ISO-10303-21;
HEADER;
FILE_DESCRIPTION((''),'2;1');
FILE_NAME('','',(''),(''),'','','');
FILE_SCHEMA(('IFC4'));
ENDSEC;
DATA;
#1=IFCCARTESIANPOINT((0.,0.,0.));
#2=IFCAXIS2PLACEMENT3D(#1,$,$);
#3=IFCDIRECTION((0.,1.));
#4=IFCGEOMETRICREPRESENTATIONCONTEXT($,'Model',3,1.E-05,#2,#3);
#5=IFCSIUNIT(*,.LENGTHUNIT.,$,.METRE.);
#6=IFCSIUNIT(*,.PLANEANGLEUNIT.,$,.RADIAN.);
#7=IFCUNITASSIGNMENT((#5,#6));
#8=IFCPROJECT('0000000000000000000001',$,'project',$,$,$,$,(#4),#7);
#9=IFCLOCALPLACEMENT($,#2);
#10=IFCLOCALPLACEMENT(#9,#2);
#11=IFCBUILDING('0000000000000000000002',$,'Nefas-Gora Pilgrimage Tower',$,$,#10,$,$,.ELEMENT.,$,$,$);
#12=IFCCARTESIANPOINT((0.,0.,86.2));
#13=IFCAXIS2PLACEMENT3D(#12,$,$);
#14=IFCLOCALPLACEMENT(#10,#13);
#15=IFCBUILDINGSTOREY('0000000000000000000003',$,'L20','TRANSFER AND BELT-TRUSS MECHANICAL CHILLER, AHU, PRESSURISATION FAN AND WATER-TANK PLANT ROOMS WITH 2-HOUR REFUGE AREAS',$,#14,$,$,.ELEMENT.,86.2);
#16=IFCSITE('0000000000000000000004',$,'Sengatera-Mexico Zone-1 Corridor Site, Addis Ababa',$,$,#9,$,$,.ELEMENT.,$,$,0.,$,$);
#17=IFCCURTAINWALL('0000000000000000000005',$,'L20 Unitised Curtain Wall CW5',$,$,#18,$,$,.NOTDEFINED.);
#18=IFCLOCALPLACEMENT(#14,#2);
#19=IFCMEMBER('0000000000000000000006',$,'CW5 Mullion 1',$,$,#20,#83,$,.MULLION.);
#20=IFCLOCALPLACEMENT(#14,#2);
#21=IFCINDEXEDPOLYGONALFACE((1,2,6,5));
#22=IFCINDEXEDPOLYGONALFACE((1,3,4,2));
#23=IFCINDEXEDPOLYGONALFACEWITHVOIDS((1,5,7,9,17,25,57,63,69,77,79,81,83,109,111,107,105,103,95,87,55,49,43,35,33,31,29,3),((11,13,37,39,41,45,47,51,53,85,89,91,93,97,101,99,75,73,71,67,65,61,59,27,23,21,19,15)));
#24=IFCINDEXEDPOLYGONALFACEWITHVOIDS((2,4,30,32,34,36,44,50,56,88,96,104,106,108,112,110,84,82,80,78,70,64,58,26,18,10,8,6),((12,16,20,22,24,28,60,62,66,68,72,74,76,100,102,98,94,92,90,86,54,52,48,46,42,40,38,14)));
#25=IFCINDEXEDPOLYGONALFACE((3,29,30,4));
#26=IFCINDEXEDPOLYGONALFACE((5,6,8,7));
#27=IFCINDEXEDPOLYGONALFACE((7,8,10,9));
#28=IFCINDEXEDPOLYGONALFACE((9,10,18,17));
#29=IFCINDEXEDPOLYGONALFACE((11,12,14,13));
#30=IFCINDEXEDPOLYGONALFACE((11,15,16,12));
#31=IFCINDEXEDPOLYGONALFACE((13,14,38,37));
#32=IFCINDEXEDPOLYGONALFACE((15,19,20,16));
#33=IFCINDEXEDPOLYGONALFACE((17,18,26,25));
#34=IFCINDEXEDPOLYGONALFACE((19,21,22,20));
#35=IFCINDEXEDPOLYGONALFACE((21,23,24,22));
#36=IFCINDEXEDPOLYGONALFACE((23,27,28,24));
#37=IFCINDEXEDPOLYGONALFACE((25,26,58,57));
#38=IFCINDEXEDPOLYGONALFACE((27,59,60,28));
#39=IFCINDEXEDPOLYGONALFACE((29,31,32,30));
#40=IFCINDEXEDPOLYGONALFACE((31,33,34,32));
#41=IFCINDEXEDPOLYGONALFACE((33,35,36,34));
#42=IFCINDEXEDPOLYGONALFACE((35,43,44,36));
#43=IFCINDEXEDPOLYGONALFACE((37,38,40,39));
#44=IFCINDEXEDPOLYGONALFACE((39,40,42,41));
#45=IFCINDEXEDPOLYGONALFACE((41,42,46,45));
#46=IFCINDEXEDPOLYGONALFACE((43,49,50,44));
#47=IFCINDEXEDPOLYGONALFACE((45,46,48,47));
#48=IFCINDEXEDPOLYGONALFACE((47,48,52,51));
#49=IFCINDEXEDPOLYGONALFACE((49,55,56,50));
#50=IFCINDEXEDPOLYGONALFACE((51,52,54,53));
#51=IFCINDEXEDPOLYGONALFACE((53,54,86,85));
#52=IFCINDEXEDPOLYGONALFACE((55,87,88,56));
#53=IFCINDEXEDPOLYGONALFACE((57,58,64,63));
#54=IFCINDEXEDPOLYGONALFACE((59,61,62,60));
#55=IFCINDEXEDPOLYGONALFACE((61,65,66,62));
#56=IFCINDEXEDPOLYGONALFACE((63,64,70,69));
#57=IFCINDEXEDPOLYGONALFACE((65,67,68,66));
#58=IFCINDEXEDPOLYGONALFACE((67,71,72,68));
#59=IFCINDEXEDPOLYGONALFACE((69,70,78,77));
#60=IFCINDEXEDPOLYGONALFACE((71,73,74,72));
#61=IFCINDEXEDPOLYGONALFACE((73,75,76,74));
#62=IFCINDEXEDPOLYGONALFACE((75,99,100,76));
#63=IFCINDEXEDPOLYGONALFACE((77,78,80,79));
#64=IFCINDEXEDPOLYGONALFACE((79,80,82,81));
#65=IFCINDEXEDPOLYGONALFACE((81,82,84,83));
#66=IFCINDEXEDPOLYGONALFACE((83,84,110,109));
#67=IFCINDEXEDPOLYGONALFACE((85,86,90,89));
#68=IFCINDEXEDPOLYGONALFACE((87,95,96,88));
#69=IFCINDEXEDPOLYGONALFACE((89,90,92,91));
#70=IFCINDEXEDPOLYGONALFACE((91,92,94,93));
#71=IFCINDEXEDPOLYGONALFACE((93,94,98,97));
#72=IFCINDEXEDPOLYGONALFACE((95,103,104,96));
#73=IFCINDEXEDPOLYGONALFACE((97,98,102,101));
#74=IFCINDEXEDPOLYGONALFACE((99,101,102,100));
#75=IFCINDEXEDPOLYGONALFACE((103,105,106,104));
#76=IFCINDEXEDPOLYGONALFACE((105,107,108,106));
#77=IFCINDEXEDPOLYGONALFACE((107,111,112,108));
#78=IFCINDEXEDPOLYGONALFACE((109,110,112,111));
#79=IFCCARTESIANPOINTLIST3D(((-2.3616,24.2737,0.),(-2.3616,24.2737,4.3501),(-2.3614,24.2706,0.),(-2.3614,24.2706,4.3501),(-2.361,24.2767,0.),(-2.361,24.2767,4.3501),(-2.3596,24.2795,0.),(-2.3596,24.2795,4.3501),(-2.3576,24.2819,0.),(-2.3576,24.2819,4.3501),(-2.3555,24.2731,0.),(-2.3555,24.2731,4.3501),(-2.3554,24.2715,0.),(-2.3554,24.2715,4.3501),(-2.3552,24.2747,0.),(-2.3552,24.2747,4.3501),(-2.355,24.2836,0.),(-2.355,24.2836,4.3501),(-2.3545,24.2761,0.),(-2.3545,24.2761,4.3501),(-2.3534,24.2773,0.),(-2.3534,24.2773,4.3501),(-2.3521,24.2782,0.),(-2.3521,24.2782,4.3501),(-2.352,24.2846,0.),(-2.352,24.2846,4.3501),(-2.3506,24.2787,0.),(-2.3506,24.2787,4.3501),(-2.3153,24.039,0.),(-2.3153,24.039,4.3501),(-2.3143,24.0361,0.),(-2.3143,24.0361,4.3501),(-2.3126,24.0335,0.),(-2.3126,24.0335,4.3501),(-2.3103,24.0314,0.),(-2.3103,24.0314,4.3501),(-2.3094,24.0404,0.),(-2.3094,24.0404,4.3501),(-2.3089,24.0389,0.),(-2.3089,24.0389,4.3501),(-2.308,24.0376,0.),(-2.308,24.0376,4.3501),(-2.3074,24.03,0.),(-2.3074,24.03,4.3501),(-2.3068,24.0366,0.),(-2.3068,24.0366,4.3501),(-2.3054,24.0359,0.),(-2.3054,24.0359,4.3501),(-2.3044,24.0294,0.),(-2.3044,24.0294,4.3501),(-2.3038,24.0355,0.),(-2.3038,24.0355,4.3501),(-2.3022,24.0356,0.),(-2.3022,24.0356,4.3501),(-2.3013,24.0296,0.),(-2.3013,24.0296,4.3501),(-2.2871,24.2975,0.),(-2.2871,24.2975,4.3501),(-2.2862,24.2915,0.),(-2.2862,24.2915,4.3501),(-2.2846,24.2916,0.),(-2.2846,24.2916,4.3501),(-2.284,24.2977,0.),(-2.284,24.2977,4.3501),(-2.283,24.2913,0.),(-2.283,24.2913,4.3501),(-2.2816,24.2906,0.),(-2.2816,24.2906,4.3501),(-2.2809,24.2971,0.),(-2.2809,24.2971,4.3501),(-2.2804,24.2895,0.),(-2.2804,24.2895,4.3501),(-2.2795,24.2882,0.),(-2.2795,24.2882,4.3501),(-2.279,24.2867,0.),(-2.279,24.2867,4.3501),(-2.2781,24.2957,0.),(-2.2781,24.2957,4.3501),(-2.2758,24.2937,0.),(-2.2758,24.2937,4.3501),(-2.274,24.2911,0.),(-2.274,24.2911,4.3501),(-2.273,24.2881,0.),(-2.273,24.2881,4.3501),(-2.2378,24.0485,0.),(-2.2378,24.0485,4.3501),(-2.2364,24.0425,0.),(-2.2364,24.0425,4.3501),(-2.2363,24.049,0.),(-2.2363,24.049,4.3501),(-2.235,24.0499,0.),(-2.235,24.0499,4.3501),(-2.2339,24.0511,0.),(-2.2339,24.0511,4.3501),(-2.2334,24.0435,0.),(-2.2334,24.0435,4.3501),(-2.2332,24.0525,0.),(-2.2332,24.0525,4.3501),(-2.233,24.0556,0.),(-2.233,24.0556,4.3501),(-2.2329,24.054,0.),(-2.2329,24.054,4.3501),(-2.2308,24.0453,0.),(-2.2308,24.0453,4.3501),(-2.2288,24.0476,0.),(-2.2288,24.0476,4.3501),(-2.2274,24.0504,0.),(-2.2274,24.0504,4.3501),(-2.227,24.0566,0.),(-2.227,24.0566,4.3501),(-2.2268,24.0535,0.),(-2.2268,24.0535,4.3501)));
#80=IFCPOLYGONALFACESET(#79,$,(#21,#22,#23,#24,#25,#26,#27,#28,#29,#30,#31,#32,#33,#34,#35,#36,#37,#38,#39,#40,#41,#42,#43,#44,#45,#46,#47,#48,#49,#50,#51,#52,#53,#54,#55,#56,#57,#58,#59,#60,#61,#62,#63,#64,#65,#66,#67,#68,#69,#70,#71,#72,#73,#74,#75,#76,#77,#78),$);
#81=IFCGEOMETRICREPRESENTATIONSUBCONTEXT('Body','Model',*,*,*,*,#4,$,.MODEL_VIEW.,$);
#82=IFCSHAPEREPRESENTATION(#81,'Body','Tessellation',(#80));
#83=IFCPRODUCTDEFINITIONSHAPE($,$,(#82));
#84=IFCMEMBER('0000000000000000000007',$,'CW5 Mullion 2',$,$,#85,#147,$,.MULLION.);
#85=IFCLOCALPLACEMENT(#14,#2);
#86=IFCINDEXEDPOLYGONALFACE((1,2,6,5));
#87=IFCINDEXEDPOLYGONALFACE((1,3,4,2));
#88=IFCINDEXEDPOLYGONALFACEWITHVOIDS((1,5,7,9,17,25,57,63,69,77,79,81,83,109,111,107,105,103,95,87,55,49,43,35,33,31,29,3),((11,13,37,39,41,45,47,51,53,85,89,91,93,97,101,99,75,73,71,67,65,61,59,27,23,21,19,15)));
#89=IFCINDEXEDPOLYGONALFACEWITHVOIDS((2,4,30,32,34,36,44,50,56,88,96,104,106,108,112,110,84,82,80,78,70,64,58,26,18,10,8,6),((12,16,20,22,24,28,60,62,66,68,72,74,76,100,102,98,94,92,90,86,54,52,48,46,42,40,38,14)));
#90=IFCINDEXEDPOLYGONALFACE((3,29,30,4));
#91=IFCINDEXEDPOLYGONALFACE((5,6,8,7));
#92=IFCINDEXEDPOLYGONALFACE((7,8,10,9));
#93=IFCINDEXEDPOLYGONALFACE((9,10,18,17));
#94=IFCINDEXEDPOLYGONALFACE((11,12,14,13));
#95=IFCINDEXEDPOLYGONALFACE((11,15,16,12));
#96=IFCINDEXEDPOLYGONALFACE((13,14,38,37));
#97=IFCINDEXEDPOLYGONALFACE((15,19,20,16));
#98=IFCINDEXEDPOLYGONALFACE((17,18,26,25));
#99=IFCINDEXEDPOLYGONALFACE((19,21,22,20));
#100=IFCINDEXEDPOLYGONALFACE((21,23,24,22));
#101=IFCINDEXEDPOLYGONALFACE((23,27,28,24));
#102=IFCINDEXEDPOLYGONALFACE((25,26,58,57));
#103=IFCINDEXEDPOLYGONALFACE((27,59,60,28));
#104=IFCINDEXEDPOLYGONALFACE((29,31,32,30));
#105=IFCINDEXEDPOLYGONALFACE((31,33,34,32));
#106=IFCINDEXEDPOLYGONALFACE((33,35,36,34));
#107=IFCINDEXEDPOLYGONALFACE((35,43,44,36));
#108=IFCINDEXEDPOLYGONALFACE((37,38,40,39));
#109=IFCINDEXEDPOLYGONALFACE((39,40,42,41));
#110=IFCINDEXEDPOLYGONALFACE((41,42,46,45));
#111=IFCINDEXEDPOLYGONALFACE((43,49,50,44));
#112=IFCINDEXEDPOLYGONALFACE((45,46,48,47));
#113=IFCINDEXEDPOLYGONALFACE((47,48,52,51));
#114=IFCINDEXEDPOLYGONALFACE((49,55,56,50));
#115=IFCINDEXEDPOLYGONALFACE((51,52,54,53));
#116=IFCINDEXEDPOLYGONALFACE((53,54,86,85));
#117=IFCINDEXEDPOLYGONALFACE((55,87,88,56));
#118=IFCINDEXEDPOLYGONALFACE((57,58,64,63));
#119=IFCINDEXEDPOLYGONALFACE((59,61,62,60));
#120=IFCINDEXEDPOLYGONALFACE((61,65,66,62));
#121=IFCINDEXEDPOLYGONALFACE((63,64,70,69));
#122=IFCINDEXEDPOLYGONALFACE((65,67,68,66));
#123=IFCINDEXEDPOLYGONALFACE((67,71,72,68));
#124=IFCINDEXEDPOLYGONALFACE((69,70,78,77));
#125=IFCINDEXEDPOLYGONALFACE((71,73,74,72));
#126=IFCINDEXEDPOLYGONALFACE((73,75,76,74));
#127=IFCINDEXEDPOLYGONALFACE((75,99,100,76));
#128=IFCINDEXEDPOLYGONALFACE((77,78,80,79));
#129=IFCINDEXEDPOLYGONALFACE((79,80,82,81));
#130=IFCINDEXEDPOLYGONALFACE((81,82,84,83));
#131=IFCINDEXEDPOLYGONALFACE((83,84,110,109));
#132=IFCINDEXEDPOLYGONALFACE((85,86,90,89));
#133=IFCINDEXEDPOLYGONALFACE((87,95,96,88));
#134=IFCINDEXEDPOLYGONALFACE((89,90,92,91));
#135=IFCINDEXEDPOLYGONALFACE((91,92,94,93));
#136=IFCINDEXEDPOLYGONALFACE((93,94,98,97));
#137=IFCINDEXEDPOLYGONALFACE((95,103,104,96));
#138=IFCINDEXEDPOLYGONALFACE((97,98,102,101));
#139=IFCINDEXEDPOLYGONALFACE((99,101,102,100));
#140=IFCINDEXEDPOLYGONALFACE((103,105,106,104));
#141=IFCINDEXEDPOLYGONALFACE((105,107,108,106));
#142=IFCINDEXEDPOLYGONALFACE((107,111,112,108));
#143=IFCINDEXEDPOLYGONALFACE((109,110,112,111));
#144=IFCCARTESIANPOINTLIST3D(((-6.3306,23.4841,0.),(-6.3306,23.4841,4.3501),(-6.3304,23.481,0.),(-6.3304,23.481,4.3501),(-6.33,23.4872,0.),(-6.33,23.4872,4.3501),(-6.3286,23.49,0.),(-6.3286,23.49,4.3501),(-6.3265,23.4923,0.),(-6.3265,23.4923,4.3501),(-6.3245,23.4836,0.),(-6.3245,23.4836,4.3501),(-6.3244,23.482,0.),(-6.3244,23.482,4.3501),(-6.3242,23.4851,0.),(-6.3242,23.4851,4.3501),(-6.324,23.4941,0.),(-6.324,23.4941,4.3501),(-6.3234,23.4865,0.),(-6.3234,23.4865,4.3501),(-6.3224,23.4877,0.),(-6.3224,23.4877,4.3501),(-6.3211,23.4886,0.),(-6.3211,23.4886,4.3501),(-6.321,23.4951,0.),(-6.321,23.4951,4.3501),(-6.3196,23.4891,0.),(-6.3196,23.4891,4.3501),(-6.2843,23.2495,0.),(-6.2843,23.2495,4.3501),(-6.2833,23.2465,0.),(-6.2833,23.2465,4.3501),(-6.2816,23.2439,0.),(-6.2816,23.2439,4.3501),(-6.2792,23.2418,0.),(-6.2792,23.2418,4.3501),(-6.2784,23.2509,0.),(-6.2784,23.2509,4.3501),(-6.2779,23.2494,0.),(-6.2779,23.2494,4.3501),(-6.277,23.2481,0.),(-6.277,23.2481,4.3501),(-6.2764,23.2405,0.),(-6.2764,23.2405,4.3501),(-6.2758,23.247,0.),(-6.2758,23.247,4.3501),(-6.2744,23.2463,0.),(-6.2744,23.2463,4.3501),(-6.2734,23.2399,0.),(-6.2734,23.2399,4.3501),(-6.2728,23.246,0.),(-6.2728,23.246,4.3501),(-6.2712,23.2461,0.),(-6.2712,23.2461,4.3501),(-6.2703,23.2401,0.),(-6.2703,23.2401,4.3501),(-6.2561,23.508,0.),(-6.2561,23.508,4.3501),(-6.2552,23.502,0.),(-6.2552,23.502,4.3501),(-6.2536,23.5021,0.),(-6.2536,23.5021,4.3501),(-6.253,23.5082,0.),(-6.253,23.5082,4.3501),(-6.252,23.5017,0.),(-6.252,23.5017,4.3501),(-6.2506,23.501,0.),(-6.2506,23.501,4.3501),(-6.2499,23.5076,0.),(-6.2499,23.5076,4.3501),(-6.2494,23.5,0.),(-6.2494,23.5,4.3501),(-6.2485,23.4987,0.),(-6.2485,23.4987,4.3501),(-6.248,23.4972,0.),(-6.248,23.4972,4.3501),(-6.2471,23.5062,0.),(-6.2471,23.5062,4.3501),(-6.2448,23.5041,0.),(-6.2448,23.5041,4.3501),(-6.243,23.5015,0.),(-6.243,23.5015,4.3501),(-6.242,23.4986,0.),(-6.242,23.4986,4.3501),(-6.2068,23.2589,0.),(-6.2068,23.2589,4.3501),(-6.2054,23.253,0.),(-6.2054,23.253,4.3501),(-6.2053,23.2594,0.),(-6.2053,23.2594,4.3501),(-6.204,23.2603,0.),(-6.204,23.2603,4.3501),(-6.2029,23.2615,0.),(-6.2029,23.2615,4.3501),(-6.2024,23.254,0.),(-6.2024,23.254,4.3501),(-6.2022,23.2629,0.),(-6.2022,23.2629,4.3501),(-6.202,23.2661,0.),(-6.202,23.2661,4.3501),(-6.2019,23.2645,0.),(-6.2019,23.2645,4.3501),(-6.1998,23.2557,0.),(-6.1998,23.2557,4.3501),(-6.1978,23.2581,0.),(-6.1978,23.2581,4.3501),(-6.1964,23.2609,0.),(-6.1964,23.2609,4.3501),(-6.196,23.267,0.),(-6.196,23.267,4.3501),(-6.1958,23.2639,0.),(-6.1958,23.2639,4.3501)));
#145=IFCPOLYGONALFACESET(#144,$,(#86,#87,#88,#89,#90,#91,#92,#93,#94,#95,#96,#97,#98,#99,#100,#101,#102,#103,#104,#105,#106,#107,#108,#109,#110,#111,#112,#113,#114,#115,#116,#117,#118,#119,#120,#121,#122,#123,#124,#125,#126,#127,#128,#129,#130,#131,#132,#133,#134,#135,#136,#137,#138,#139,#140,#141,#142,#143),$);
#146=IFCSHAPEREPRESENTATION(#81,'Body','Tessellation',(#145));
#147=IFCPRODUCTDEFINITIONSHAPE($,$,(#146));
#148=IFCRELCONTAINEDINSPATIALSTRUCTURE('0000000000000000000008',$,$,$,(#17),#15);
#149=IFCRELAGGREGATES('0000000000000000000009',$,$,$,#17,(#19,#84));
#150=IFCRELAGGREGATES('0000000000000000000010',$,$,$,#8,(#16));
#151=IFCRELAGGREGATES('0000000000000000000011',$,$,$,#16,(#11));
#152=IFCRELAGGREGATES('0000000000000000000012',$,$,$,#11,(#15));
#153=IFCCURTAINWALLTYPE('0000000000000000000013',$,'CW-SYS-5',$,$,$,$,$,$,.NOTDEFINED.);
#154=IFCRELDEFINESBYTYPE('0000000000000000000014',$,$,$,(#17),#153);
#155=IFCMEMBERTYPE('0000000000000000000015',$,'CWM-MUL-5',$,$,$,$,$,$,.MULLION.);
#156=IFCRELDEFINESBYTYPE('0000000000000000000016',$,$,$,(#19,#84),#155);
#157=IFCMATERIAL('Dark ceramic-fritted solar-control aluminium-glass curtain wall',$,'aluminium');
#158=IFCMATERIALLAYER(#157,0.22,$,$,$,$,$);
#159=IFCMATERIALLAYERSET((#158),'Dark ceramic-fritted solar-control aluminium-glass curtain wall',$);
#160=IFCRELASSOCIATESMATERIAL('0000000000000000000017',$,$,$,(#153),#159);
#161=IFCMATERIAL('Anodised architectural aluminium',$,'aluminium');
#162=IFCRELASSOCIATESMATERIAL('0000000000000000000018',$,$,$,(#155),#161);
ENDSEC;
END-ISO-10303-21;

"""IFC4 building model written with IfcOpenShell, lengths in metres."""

from ifc_helpers import new_model, si_unit, direction, frame, origin, origin_2d, place, context, subcontext, project, spatial, hollow_rectangle, extrude, source, transform, mapped, material, layer, layer_set, material_profile, profile_set, type_object, element, aggregate, save


model = new_model("IFC4")

# Units and contexts
model_context = context("Model", 3, precision=1e-05, world=origin(), true_north=direction((0.0, 1.0)))
body_context = subcontext(model_context, "Body", "Model", "MODEL_VIEW")
ifc_project = project(units=[si_unit("LENGTHUNIT", "METRE"), si_unit("PLANEANGLEUNIT", "RADIAN")], contexts=[model_context])

# Site, building, storey
site_placement = place(None, origin())
site = spatial("IfcSite", under=ifc_project, at=site_placement, Name="Sengatera-Mexico Zone-1 Corridor Site, Addis Ababa", CompositionType="ELEMENT", RefElevation=0.0)
building_placement = place(site_placement, origin())
building = spatial("IfcBuilding", under=site, at=building_placement, Name="Nefas-Gora Pilgrimage Tower", CompositionType="ELEMENT")
storey_placement = place(building_placement, frame((0.0, 0.0, 86.2)))
storey = spatial("IfcBuildingStorey", under=building, at=storey_placement, Name="L20", Description="TRANSFER AND BELT-TRUSS MECHANICAL CHILLER, AHU, PRESSURISATION FAN AND WATER-TANK PLANT ROOMS WITH 2-HOUR REFUGE AREAS", CompositionType="ELEMENT", Elevation=86.2)

# Curtain wall
ifc_material_1 = material(Name="Dark ceramic-fritted solar-control aluminium-glass curtain wall", Category="aluminium")
ifc_layer_1 = layer(ifc_material_1, 0.22)
ifc_layer_set_1 = layer_set([ifc_layer_1], Name="Dark ceramic-fritted solar-control aluminium-glass curtain wall")
curtain_wall_type = type_object("IfcCurtainWallType", Name="CW-SYS-5", PredefinedType="NOTDEFINED", material=ifc_layer_set_1)
ifc_material_2 = material(Name="Anodised architectural aluminium", Category="aluminium")
curtain_wall_1_placement = place(storey_placement, origin())
curtain_wall_1 = element("IfcCurtainWall", 1, at=curtain_wall_1_placement, inside=storey, type_object=curtain_wall_type, Name="L20 Unitised Curtain Wall CW5", PredefinedType="NOTDEFINED")
ifc_material_profile_1 = material_profile(ifc_material_2, hollow_rectangle(XDim=0.0901, YDim=0.26, WallThickness=0.0061, InnerFilletRadius=0.0061, OuterFilletRadius=0.012, at=origin_2d()), Name="ALU MULLION 90x260")
ifc_profile_set_1 = profile_set([ifc_material_profile_1], Name="Anodised architectural aluminium")
member_type_1 = type_object("IfcMemberType", Name="CWM-MUL-5", PredefinedType="MULLION", material=ifc_profile_set_1)
shared_shape_1 = source(origin(), body_context, "Body", "SweptSolid", [
    extrude(hollow_rectangle(XDim=0.0901, YDim=0.26, WallThickness=0.0061, InnerFilletRadius=0.0061, OuterFilletRadius=0.012, at=origin_2d()), origin(), (0.0, 0.0, 1.0), 4.3501),
])

# Members
member_1_placement = place(storey_placement, frame((-2.2942, 24.1636, 0.0), z_axis=(0.0, 0.0, 1.0), x_axis=(-0.980783, -0.195102, 0.0)))
member_1 = element("IfcMember", 2, at=member_1_placement, type_object=member_type_1, Name="CW5 Mullion 1", PredefinedType="MULLION", context=body_context, shape_type="MappedRepresentation", body=[
    mapped(shared_shape_1, transform((0.0, 0.0, 0.0), x_axis=(1.0, 0.0, 0.0), y_axis=(0.0, 1.0, 0.0), z_axis=(0.0, 0.0, 1.0), scale=1.0)),
])
member_2_placement = place(storey_placement, frame((-6.2632, 23.374, 0.0), z_axis=(0.0, 0.0, 1.0), x_axis=(-0.980783, -0.195102, 0.0)))
member_2 = element("IfcMember", 3, at=member_2_placement, type_object=member_type_1, Name="CW5 Mullion 2", PredefinedType="MULLION", context=body_context, shape_type="MappedRepresentation", body=[
    mapped(shared_shape_1, transform((0.0, 0.0, 0.0), x_axis=(1.0, 0.0, 0.0), y_axis=(0.0, 1.0, 0.0), z_axis=(0.0, 0.0, 1.0), scale=1.0)),
])

aggregate(curtain_wall_1, [member_1, member_2])

save(model, "model.ifc")
